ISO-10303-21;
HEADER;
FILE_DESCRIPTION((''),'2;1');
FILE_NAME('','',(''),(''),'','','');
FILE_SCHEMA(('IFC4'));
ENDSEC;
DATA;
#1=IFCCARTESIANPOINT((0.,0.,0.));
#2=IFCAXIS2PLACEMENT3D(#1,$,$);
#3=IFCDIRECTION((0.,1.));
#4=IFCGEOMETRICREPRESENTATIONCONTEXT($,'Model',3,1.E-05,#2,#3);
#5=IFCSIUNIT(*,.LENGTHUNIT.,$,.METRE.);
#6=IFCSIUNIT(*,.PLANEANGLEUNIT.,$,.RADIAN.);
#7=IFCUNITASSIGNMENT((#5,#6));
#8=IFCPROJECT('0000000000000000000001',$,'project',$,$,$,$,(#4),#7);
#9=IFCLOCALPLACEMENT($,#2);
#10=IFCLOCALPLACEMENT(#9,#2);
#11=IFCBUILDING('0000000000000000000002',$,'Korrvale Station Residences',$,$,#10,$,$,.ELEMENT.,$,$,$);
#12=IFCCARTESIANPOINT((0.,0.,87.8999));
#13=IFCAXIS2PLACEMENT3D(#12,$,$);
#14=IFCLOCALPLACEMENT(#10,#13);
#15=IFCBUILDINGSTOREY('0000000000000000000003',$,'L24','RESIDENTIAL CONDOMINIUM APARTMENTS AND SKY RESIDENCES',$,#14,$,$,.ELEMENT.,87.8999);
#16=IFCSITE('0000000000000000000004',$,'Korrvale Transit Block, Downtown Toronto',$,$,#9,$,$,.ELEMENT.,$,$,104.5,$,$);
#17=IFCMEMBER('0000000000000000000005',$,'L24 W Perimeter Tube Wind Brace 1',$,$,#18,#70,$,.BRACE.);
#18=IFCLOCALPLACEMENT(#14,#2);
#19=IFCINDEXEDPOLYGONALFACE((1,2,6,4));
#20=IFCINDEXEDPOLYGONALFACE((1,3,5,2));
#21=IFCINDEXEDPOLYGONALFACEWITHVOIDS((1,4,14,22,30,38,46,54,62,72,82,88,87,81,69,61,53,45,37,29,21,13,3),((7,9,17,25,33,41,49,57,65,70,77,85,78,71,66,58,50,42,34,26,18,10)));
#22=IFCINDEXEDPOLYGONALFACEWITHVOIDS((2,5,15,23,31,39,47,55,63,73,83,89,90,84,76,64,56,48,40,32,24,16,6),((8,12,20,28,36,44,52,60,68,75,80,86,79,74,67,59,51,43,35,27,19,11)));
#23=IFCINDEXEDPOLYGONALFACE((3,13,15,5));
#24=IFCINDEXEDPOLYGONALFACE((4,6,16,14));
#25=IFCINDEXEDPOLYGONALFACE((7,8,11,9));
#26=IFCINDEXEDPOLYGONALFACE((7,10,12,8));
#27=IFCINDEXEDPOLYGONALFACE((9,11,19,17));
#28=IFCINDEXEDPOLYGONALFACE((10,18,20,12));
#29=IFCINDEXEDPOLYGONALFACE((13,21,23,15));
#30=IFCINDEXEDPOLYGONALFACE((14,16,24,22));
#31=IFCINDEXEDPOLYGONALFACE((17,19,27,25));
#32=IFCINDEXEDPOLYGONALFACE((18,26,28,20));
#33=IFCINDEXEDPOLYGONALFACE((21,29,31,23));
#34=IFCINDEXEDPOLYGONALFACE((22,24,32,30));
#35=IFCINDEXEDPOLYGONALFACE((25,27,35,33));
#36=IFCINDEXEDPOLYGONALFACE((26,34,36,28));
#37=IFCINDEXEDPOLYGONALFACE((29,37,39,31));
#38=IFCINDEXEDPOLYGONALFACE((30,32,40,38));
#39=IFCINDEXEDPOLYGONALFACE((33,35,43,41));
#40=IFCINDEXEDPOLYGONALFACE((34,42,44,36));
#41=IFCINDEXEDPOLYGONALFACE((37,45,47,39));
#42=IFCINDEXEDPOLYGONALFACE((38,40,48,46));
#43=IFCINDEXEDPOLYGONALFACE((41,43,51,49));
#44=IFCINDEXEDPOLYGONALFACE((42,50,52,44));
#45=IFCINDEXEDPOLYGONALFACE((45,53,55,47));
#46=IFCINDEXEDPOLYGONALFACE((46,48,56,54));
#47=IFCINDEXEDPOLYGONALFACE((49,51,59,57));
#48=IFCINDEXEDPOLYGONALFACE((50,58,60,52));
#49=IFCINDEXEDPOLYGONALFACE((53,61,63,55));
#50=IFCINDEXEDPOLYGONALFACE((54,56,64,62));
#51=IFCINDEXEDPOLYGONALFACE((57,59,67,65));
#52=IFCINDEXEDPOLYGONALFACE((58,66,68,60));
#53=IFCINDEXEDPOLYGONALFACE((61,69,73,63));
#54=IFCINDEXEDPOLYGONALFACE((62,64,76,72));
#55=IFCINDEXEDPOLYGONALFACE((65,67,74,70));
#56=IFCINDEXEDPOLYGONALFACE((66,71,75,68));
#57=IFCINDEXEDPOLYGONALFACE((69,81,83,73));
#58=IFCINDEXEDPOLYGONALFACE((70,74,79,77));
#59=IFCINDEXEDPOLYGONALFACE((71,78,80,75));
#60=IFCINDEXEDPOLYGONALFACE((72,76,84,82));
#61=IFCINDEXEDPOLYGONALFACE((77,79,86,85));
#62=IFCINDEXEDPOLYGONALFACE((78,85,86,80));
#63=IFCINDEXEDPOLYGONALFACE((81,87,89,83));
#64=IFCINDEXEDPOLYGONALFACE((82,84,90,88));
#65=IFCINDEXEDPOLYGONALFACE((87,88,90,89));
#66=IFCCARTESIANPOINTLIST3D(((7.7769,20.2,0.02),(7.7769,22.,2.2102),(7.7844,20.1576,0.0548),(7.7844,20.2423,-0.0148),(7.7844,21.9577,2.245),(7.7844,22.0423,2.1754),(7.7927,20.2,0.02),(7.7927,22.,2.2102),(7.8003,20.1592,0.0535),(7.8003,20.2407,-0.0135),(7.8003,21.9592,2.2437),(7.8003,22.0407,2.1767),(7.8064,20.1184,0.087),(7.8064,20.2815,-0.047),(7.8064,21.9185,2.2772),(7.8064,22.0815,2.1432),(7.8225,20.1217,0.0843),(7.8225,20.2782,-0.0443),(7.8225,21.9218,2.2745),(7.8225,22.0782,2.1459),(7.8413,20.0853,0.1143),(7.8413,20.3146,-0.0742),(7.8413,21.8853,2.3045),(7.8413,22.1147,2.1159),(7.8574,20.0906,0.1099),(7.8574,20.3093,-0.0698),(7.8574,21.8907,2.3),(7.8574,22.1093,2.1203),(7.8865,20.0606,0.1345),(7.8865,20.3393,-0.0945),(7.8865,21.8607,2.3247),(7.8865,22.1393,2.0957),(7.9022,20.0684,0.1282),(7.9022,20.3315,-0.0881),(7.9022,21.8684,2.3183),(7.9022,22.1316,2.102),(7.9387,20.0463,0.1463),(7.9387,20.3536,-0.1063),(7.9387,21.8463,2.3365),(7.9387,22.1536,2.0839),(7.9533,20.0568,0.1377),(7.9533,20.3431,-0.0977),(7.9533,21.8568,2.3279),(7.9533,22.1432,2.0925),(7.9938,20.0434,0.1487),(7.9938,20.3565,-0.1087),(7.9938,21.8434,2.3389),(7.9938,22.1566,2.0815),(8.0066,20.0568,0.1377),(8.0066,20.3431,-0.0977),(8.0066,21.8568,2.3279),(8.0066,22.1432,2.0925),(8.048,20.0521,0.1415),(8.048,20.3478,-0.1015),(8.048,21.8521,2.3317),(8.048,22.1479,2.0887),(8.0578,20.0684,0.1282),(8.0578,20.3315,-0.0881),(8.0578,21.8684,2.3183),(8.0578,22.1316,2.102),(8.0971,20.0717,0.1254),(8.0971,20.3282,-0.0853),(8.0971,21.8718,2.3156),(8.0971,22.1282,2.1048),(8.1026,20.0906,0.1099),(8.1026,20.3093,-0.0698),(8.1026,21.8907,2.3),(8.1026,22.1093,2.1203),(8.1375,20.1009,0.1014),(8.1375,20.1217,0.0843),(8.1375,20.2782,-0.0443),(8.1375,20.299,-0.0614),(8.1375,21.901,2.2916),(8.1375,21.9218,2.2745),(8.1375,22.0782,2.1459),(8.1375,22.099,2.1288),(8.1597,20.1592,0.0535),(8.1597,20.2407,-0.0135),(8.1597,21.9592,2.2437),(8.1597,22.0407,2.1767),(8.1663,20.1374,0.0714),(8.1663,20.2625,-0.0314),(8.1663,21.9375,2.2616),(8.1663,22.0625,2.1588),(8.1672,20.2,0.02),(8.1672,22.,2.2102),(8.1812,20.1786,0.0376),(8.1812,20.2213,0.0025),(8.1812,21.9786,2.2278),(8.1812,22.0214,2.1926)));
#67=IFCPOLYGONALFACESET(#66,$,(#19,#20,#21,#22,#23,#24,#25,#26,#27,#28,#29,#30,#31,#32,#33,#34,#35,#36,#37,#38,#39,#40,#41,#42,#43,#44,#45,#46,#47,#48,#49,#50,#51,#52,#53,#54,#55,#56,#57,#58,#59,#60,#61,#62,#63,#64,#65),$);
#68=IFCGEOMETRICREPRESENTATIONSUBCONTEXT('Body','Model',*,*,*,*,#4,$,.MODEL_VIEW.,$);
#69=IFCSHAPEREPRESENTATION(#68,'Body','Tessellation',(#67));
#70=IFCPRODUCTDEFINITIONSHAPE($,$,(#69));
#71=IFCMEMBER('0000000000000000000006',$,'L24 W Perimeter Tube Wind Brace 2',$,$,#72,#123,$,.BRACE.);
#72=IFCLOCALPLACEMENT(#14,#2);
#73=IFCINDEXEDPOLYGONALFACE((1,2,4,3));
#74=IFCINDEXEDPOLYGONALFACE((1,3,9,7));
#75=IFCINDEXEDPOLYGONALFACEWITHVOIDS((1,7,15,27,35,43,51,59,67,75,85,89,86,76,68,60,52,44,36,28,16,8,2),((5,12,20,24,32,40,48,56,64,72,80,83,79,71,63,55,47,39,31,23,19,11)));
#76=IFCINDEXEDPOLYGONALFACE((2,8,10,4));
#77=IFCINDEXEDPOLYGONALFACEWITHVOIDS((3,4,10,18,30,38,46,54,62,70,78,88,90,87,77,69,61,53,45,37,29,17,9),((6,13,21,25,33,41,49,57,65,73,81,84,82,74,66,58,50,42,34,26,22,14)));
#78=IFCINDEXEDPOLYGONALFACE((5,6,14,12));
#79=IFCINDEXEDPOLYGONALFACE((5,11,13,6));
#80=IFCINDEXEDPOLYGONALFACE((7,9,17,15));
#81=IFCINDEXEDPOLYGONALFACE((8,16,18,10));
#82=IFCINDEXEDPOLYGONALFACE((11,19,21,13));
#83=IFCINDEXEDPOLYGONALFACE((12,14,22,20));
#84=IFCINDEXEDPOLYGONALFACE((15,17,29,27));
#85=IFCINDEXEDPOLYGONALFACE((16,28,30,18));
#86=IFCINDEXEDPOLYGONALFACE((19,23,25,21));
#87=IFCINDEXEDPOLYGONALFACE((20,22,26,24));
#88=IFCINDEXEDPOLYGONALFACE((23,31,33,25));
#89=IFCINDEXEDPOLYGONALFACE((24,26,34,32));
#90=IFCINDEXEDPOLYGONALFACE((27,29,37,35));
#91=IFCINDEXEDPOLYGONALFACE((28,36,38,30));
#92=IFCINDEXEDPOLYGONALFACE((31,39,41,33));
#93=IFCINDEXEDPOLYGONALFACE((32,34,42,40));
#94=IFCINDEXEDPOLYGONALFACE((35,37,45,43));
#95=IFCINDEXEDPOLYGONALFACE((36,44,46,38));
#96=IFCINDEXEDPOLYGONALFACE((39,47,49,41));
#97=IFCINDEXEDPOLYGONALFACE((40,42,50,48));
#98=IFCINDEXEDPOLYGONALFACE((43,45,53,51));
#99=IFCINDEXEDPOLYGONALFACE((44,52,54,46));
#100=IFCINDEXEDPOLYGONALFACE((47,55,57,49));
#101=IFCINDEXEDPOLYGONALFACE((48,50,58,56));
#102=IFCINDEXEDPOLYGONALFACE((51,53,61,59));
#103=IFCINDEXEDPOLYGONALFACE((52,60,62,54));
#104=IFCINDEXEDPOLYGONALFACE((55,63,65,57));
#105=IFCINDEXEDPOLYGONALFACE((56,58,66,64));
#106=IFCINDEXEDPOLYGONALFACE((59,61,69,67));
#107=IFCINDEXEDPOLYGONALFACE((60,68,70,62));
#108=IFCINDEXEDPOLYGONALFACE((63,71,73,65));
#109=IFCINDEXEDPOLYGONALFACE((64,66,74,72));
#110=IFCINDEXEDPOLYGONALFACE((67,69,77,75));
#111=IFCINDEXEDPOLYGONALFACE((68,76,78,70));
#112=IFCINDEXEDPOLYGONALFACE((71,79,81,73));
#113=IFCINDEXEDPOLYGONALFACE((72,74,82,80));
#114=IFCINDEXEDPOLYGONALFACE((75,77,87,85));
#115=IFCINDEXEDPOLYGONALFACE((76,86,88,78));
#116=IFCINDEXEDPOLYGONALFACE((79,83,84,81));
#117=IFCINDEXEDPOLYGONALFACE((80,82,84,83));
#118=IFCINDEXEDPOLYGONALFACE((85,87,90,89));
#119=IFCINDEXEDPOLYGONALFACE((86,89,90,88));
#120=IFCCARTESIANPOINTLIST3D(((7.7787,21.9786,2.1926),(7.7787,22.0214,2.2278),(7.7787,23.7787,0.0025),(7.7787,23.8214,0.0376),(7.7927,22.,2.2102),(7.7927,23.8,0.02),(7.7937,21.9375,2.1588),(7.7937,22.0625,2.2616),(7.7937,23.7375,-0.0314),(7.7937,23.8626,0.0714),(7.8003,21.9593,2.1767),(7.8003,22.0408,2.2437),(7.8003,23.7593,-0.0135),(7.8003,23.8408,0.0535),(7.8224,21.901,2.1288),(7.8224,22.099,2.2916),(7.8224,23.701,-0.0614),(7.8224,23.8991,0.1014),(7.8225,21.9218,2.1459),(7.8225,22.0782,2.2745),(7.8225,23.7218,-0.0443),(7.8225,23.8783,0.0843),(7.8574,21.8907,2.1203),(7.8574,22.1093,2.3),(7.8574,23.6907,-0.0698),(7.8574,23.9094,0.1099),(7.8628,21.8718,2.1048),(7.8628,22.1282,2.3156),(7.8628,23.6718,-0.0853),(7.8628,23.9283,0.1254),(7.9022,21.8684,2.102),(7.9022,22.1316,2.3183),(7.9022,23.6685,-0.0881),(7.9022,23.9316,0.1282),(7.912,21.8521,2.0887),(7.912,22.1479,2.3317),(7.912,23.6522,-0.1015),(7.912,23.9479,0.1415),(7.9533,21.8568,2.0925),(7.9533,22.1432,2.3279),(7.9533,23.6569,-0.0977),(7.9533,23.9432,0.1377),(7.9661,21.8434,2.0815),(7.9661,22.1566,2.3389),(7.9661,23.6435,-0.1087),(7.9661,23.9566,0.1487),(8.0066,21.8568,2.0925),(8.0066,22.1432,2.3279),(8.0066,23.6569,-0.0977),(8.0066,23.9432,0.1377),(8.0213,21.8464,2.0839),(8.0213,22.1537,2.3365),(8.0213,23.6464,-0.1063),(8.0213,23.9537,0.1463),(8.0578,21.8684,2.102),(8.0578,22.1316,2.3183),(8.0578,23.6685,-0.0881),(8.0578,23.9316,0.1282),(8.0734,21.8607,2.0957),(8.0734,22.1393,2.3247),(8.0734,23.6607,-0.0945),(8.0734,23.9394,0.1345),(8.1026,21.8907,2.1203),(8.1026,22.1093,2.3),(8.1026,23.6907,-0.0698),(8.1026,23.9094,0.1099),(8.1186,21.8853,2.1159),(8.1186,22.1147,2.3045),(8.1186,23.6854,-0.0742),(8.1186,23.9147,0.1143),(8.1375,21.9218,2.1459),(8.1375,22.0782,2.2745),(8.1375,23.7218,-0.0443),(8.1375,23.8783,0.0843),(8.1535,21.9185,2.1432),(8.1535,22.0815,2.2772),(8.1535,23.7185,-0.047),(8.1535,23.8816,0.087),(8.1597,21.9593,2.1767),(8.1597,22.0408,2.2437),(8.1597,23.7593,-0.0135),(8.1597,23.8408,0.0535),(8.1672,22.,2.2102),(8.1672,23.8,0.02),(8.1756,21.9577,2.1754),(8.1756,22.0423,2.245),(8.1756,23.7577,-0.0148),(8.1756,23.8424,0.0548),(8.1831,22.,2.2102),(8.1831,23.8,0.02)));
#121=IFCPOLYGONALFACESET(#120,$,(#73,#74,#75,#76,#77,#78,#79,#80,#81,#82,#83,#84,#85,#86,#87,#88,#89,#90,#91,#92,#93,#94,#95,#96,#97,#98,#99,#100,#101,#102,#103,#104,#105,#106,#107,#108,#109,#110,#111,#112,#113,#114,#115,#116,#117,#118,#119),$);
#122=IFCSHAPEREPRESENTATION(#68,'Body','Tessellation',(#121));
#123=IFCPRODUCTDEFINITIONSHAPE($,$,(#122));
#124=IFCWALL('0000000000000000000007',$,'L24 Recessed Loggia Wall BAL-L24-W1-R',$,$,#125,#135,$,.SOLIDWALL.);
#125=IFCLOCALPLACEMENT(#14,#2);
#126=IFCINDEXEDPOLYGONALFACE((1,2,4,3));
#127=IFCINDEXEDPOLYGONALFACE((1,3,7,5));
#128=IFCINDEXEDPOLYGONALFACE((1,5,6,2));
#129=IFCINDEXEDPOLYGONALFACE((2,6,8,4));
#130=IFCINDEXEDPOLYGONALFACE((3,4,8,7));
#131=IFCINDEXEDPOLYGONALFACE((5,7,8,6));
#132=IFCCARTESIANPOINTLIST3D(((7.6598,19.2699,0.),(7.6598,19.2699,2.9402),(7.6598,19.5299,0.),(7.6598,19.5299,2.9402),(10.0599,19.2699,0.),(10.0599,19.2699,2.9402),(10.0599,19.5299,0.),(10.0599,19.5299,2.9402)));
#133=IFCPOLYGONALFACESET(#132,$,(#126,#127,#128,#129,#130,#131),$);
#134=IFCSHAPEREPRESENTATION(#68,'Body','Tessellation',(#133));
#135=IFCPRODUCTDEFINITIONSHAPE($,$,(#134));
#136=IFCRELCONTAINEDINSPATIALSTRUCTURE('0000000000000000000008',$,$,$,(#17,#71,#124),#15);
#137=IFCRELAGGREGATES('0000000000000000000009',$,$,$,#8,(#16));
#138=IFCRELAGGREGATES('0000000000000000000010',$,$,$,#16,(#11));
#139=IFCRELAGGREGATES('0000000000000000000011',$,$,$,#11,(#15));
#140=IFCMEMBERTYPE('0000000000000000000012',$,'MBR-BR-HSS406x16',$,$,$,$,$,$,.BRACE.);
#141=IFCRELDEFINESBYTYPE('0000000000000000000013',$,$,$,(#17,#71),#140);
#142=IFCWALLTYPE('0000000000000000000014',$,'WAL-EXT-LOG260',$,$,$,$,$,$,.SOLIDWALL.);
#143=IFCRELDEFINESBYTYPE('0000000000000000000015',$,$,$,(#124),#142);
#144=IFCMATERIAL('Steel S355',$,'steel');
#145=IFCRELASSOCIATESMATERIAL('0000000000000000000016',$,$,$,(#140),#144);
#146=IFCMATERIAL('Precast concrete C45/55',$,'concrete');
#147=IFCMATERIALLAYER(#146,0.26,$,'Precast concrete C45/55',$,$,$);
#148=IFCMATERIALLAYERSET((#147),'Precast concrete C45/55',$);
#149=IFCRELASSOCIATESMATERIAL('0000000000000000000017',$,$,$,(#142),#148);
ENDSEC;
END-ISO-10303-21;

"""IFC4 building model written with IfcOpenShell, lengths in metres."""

from ifc_helpers import new_model, si_unit, direction, frame, frame_2d, origin, origin_2d, place, context, subcontext, project, spatial, rectangle, hollow_circle, extrude, material, layer, layer_set, material_profile, profile_set, type_object, element, save


model = new_model("IFC4")

# Units and contexts
model_context = context("Model", 3, precision=1e-05, world=origin(), true_north=direction((0.0, 1.0)))
body_context = subcontext(model_context, "Body", "Model", "MODEL_VIEW")
ifc_project = project(units=[si_unit("LENGTHUNIT", "METRE"), si_unit("PLANEANGLEUNIT", "RADIAN")], contexts=[model_context])

# Site, building, storey
site_placement = place(None, origin())
site = spatial("IfcSite", under=ifc_project, at=site_placement, Name="Korrvale Transit Block, Downtown Toronto", CompositionType="ELEMENT", RefElevation=104.5)
building_placement = place(site_placement, origin())
building = spatial("IfcBuilding", under=site, at=building_placement, Name="Korrvale Station Residences", CompositionType="ELEMENT")
storey_placement = place(building_placement, frame((0.0, 0.0, 87.8999)))
storey = spatial("IfcBuildingStorey", under=building, at=storey_placement, Name="L24", Description="RESIDENTIAL CONDOMINIUM APARTMENTS AND SKY RESIDENCES", CompositionType="ELEMENT", Elevation=87.8999)

# Shared definitions
ifc_material_1 = material(Name="Steel S355", Category="steel")

# Members
ifc_material_profile_1 = material_profile(ifc_material_1, hollow_circle(Radius=0.2031, WallThickness=0.0159, at=origin_2d()), Name="HSS406x16")
ifc_profile_set_1 = profile_set([ifc_material_profile_1], Name="Steel S355")
member_type = type_object("IfcMemberType", Name="MBR-BR-HSS406x16", PredefinedType="BRACE", material=ifc_profile_set_1)
for number, where, z_axis, x_axis, name in (
    (1, (7.98, 20.2, 0.02), (0.0, 0.634943, 0.772559), (-1.0, 0.0, 0.0), "L24 W Perimeter Tube Wind Brace 1"),
    (2, (7.98, 23.8, 0.02), (0.0, -0.634943, 0.772559), (1.0, 0.0, 0.0), "L24 W Perimeter Tube Wind Brace 2"),
):
    element("IfcMember", number, at=place(storey_placement, frame(where, z_axis=z_axis, x_axis=x_axis)), inside=storey, type_object=member_type, Name=name, PredefinedType="BRACE", context=body_context, shape_type="SweptSolid", body=[
        extrude(hollow_circle(Radius=0.2031, WallThickness=0.0159, at=origin_2d()), origin(), (0.0, 0.0, 1.0), 2.835),
    ])

# Wall
ifc_material_2 = material(Name="Precast concrete C45/55", Category="concrete")
ifc_layer_1 = layer(ifc_material_2, 0.26, Name="Precast concrete C45/55")
ifc_layer_set_1 = layer_set([ifc_layer_1], Name="Precast concrete C45/55")
wall_type_1 = type_object("IfcWallType", Name="WAL-EXT-LOG260", PredefinedType="SOLIDWALL", material=ifc_layer_set_1)
wall_1_placement = place(storey_placement, frame((10.0601, 19.3999, 0.0), z_axis=(0.0, 0.0, 1.0), x_axis=(-1.0, 0.0, 0.0)))
element("IfcWall", 3, at=wall_1_placement, inside=storey, type_object=wall_type_1, Name="L24 Recessed Loggia Wall BAL-L24-W1-R", PredefinedType="SOLIDWALL", context=body_context, shape_type="SweptSolid", body=[
    extrude(rectangle(XDim=2.4001, YDim=0.26, at=frame_2d((1.2002, 0.0))), origin(), (0.0, 0.0, 1.0), 2.9402),
])

save(model, "model.ifc")
